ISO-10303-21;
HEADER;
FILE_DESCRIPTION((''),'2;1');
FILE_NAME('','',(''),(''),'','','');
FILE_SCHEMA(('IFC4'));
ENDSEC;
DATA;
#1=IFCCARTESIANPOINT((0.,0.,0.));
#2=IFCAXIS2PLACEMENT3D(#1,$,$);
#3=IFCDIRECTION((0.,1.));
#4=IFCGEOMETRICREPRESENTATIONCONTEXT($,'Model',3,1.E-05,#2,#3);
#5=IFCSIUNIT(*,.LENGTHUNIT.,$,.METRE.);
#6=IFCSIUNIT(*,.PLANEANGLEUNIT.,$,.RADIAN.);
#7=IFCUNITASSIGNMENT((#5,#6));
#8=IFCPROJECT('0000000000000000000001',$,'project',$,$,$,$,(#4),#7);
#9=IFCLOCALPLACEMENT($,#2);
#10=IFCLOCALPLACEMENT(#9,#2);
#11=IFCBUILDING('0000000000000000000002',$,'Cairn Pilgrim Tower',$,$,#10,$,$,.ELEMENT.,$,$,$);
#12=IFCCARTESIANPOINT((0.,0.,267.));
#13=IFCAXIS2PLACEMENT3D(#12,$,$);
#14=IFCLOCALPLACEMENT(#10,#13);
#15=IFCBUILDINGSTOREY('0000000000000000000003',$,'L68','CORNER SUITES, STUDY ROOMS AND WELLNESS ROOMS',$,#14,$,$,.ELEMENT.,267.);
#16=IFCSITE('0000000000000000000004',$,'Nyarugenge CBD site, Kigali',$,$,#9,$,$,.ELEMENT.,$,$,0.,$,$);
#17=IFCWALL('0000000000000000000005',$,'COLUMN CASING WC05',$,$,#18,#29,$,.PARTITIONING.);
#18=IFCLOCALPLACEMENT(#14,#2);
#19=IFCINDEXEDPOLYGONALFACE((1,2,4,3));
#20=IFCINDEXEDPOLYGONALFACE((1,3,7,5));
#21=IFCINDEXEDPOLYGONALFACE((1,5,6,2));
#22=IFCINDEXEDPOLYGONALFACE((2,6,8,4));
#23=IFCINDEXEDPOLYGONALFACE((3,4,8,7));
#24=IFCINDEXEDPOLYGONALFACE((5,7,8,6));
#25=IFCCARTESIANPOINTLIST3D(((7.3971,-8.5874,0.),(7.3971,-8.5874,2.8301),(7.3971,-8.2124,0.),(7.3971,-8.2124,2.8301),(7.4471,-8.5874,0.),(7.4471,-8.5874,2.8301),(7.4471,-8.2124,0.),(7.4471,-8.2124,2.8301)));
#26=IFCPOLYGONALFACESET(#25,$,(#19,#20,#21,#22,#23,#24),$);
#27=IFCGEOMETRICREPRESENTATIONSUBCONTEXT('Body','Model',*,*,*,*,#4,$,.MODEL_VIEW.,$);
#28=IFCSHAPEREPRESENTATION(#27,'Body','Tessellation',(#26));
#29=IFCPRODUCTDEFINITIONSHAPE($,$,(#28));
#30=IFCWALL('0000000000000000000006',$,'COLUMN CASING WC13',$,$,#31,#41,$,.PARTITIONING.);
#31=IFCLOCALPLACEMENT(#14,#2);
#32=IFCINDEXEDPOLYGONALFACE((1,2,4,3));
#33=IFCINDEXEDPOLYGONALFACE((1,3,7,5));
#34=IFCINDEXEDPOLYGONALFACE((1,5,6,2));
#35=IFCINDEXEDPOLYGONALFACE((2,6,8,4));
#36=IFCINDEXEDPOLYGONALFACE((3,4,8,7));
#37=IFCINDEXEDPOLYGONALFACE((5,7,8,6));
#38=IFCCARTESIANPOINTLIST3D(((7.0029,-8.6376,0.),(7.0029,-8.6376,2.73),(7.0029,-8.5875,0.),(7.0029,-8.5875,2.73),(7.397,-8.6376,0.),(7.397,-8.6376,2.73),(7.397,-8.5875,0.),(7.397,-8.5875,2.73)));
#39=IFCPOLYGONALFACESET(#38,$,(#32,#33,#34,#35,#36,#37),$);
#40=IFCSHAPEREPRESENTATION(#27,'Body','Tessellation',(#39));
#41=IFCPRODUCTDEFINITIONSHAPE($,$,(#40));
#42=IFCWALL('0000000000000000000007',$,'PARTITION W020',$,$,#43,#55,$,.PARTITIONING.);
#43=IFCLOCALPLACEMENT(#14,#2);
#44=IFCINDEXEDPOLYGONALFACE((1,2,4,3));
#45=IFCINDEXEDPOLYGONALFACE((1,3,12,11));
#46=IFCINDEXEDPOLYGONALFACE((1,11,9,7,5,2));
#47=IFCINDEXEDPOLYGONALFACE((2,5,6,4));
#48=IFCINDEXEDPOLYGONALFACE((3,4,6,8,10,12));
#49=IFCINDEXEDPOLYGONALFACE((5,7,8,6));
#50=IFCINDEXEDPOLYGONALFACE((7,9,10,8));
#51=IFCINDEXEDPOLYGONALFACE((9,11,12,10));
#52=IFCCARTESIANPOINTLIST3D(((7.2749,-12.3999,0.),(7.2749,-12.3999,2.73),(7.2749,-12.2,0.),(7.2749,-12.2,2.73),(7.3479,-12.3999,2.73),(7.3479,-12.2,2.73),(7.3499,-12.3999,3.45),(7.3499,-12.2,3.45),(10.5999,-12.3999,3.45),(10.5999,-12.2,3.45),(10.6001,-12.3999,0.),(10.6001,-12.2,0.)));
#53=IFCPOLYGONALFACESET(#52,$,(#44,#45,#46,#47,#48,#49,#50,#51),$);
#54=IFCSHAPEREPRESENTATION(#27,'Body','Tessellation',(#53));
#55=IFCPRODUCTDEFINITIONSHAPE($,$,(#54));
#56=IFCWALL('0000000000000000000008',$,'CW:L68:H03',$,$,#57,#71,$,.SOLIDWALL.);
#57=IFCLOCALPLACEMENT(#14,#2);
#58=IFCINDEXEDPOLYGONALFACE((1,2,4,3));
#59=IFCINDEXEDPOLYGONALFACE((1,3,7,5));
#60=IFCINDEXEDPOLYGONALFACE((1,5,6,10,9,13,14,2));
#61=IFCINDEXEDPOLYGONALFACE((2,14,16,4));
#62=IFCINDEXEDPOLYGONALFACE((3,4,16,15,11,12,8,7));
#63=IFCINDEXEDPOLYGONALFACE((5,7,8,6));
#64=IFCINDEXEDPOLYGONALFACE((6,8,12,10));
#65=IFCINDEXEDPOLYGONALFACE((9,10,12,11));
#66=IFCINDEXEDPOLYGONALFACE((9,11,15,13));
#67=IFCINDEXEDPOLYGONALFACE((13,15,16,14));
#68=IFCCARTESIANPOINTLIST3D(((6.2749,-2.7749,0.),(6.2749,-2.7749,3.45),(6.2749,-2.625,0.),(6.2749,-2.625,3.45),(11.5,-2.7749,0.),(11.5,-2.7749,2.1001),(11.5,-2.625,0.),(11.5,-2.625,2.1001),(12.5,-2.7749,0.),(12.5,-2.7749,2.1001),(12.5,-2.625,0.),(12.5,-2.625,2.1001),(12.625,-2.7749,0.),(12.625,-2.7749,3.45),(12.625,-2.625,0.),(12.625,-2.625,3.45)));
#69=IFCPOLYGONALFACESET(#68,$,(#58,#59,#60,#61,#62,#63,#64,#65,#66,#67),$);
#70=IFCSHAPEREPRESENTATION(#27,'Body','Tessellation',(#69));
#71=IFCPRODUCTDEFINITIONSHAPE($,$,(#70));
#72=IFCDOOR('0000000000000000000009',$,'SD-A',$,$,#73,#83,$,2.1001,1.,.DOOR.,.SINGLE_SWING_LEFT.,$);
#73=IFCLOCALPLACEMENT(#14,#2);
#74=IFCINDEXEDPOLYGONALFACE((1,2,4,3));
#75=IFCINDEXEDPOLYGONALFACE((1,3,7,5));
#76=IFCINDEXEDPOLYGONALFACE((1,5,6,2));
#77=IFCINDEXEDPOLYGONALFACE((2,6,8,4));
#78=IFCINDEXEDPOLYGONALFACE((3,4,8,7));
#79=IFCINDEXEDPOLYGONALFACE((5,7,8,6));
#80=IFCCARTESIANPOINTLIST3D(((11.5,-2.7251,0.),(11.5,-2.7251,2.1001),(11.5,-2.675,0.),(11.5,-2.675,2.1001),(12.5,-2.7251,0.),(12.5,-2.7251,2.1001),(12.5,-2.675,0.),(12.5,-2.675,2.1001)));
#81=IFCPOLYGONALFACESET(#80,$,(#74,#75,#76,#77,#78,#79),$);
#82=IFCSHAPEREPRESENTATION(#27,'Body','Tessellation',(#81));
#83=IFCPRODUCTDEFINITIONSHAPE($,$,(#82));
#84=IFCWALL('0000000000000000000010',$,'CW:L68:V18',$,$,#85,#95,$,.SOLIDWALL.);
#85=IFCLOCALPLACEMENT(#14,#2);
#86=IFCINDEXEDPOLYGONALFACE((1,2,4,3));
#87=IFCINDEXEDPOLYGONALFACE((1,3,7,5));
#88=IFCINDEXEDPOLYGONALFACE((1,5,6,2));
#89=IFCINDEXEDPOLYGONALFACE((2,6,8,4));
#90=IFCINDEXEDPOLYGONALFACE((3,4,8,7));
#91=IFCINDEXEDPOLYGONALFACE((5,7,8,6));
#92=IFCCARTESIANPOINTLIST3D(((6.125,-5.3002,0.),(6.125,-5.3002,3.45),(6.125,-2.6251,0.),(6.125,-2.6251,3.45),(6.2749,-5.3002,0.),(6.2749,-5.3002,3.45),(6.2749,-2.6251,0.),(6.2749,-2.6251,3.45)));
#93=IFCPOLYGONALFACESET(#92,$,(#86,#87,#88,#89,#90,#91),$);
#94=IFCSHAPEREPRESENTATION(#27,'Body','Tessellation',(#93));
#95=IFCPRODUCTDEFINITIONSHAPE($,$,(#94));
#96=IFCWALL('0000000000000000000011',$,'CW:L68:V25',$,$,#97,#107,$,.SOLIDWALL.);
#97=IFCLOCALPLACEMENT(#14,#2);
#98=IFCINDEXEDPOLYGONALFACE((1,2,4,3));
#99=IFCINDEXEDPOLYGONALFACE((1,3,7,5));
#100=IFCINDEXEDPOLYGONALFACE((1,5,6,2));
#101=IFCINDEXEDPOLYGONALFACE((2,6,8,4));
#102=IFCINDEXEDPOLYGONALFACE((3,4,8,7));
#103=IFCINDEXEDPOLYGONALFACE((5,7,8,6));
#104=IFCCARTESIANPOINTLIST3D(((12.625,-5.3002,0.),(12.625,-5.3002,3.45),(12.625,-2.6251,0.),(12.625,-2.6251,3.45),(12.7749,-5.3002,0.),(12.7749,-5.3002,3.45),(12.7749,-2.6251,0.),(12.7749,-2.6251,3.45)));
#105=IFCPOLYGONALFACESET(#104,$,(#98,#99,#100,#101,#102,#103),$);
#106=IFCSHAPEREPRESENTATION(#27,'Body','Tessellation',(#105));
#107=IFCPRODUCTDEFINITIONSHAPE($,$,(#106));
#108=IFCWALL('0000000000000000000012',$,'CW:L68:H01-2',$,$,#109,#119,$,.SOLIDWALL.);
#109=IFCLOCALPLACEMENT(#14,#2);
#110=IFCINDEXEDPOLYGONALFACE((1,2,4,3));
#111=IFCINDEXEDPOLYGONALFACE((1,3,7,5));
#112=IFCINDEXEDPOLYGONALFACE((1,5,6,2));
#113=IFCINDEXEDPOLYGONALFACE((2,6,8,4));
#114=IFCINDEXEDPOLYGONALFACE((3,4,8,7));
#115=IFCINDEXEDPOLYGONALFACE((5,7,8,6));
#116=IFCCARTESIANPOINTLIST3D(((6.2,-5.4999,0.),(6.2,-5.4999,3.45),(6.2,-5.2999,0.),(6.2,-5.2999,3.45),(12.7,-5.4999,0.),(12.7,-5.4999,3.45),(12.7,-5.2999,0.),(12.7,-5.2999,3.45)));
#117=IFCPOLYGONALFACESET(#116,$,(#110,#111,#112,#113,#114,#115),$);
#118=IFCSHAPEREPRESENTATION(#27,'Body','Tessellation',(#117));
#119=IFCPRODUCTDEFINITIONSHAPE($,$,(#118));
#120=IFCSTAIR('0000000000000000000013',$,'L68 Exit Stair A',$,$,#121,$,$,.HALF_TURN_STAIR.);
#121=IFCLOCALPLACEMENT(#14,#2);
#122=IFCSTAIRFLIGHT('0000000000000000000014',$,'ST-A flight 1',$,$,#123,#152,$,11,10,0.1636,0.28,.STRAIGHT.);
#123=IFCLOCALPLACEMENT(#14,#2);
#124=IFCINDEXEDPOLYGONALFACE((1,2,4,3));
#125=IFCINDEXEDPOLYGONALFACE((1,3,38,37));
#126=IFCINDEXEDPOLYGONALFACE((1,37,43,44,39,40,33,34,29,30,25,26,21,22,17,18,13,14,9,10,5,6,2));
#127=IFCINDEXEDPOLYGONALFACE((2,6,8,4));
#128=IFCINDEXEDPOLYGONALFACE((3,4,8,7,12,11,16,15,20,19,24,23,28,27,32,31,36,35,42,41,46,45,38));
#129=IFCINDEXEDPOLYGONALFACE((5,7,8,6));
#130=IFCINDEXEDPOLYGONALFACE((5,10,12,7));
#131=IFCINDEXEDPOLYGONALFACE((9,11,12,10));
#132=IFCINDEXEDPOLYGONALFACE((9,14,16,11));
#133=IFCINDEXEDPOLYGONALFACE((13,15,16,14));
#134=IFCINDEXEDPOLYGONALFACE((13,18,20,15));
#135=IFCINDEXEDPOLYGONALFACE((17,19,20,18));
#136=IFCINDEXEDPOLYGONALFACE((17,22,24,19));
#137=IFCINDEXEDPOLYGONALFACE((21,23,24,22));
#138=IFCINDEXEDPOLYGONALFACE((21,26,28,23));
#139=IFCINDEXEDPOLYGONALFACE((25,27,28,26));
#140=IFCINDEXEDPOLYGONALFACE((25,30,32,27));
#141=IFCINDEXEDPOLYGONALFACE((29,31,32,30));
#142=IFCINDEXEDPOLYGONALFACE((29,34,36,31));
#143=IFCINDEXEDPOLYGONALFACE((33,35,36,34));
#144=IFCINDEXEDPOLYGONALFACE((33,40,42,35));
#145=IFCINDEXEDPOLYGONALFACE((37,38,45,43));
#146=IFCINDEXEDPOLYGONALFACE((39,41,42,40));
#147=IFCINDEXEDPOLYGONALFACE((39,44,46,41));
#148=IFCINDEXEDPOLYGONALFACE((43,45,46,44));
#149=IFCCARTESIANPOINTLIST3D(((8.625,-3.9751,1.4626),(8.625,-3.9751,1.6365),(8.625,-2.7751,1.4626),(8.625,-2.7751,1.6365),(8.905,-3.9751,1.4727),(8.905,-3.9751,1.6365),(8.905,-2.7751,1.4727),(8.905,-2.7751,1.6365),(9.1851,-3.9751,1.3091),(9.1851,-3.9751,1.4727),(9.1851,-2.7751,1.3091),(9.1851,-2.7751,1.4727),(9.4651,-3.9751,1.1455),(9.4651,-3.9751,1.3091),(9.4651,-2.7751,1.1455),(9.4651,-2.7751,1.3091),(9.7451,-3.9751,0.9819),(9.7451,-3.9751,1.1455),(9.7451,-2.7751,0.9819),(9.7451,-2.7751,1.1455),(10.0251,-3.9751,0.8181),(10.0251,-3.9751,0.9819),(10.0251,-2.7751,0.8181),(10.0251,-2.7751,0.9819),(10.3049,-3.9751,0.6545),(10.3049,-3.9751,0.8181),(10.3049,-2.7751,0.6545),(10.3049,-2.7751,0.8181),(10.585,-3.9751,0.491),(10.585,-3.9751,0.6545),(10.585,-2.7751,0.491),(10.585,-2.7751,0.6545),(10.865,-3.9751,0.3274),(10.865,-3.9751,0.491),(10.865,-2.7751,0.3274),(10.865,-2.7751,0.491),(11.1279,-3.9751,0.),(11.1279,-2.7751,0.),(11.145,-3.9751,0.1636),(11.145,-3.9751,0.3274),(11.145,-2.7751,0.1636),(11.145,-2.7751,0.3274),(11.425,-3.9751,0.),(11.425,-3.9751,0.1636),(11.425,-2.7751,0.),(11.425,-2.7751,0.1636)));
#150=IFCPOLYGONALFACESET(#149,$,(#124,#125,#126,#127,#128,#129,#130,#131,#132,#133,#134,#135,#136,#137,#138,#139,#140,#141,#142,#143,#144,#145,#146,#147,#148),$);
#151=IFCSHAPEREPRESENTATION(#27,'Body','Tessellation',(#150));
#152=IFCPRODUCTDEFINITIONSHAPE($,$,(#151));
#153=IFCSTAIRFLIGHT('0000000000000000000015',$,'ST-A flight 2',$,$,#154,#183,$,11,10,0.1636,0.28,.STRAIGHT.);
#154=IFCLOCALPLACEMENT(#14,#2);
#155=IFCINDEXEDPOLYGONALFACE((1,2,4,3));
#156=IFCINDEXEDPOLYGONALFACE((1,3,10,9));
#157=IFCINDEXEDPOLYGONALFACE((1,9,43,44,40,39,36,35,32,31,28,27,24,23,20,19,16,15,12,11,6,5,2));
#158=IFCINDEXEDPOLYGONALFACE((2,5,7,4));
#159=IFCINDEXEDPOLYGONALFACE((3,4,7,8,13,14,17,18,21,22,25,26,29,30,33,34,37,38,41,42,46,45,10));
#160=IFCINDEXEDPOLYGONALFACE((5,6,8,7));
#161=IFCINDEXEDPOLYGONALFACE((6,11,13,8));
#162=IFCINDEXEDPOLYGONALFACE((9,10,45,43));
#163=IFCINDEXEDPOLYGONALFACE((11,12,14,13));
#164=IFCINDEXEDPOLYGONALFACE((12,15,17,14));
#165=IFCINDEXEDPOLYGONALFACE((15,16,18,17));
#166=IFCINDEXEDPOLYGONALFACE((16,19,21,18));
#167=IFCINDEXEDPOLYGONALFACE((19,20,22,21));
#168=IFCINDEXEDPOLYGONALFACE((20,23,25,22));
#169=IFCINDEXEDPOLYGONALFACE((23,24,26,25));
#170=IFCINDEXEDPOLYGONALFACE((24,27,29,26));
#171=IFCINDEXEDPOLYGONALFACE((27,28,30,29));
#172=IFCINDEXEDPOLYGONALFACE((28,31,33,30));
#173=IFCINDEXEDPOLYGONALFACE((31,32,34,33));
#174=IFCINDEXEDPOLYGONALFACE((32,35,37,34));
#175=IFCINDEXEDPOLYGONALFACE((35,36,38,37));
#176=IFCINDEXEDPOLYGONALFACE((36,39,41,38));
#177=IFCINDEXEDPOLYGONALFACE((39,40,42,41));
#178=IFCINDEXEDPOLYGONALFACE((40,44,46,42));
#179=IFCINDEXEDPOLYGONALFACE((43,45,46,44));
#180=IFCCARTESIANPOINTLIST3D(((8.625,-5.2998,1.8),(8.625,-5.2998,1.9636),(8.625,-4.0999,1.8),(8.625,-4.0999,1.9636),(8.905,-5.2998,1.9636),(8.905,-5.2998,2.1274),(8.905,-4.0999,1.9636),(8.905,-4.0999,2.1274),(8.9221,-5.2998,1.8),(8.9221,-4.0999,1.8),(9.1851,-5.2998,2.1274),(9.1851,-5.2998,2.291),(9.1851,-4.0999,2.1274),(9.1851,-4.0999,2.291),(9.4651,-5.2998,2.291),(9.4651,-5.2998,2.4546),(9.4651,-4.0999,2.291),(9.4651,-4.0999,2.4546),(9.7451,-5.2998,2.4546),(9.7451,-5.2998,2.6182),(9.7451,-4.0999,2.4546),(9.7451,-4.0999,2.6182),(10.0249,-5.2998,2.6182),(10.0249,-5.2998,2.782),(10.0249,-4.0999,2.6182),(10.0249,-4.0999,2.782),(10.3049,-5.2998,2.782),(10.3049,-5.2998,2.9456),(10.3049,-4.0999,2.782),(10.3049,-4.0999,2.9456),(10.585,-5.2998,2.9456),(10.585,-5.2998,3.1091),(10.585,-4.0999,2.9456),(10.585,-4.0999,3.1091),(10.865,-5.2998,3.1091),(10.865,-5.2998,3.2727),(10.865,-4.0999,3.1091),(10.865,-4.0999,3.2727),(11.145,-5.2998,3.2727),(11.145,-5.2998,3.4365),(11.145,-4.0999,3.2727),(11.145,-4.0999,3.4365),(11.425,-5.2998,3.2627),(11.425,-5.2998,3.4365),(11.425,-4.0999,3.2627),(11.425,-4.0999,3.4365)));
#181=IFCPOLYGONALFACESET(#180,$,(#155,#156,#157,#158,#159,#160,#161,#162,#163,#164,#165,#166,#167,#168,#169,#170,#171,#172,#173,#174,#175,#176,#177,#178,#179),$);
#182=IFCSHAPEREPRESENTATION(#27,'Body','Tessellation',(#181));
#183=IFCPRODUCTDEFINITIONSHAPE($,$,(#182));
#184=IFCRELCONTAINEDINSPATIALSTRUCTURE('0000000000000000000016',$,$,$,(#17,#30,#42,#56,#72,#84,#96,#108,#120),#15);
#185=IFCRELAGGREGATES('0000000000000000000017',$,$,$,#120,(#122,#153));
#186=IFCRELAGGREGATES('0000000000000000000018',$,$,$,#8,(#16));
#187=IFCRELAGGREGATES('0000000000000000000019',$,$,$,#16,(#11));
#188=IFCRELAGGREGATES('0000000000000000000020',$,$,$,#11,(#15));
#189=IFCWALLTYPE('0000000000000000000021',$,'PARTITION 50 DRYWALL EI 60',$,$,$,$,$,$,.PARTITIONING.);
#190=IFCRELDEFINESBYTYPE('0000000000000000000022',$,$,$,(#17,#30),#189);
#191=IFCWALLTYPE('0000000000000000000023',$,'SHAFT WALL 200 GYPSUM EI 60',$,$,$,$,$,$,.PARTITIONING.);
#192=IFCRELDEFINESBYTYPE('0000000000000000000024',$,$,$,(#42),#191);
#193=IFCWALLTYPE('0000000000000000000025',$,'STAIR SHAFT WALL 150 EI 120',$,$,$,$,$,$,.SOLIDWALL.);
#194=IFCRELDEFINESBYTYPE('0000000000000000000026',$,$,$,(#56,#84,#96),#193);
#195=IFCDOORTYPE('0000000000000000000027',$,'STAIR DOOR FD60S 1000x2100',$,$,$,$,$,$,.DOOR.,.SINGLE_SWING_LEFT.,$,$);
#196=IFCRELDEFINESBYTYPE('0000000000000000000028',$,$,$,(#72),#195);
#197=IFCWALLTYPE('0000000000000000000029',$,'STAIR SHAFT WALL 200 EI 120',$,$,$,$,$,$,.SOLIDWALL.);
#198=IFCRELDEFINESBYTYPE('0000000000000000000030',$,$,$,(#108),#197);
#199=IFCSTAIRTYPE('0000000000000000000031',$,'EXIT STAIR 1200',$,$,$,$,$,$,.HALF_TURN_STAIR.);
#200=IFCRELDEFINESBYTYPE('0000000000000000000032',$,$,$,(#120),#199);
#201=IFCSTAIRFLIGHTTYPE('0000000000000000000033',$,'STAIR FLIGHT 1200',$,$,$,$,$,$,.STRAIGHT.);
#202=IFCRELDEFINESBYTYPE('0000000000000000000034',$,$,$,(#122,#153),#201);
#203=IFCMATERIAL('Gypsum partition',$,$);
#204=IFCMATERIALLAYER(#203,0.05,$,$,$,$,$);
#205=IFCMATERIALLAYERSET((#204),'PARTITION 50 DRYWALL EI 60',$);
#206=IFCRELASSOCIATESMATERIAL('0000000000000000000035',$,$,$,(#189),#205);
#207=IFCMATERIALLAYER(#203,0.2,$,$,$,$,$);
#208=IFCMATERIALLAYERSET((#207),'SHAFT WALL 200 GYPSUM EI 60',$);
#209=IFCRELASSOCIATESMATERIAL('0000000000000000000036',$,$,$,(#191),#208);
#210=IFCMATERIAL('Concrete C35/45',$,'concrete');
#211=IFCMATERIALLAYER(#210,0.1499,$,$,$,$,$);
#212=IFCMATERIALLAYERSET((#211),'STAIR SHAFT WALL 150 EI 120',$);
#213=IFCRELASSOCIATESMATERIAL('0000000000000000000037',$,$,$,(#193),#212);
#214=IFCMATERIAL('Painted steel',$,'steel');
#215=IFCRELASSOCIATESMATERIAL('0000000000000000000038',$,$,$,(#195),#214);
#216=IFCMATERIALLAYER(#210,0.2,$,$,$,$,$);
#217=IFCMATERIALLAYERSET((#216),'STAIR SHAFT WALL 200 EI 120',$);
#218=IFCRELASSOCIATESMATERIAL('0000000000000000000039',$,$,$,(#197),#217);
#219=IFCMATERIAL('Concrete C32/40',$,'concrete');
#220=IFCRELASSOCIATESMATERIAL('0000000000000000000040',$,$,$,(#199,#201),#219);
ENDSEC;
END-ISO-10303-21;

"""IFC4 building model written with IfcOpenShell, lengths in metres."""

from ifc_helpers import new_model, si_unit, direction, frame, frame_2d, origin, place, context, subcontext, project, spatial, polyline, rectangle, outline, extrude, material, layer, layer_set, type_object, element, fill, aggregate, save


model = new_model("IFC4")

# Units and contexts
model_context = context("Model", 3, precision=1e-05, world=origin(), true_north=direction((0.0, 1.0)))
body_context = subcontext(model_context, "Body", "Model", "MODEL_VIEW")
ifc_project = project(units=[si_unit("LENGTHUNIT", "METRE"), si_unit("PLANEANGLEUNIT", "RADIAN")], contexts=[model_context])

# Site, building, storey
site_placement = place(None, origin())
site = spatial("IfcSite", under=ifc_project, at=site_placement, Name="Nyarugenge CBD site, Kigali", CompositionType="ELEMENT", RefElevation=0.0)
building_placement = place(site_placement, origin())
building = spatial("IfcBuilding", under=site, at=building_placement, Name="Cairn Pilgrim Tower", CompositionType="ELEMENT")
storey_placement = place(building_placement, frame((0.0, 0.0, 267.0)))
storey = spatial("IfcBuildingStorey", under=building, at=storey_placement, Name="L68", Description="CORNER SUITES, STUDY ROOMS AND WELLNESS ROOMS", CompositionType="ELEMENT", Elevation=267.0)

# Shared definitions
ifc_material_1 = material(Name="Concrete C32/40", Category="concrete")

# Shared definitions
ifc_material_2 = material(Name="Gypsum partition")

# Walls
ifc_layer_1 = layer(ifc_material_2, 0.05)
ifc_layer_set_1 = layer_set([ifc_layer_1], Name="PARTITION 50 DRYWALL EI 60")
wall_type_1 = type_object("IfcWallType", Name="PARTITION 50 DRYWALL EI 60", PredefinedType="PARTITIONING", material=ifc_layer_set_1)
wall_1_placement = place(storey_placement, frame((7.4221, -8.5874, 0.0), z_axis=(0.0, 0.0, 1.0), x_axis=(0.0, 1.0, 0.0)))
element("IfcWall", 1, at=wall_1_placement, inside=storey, type_object=wall_type_1, Name="COLUMN CASING WC05", PredefinedType="PARTITIONING", context=body_context, shape_type="SweptSolid", body=[
    extrude(rectangle(XDim=0.375, YDim=0.05, at=frame_2d((0.1875, 0.0))), origin(), (0.0, 0.0, 1.0), 2.8301),
])
wall_2_placement = place(storey_placement, frame((7.0029, -8.6125, 0.0), z_axis=(0.0, 0.0, 1.0), x_axis=(1.0, 0.0, 0.0)))
element("IfcWall", 2, at=wall_2_placement, inside=storey, type_object=wall_type_1, Name="COLUMN CASING WC13", PredefinedType="PARTITIONING", context=body_context, shape_type="SweptSolid", body=[
    extrude(rectangle(XDim=0.394, YDim=0.05, at=frame_2d((0.197, 0.0))), origin(), (0.0, 0.0, 1.0), 2.73),
])
ifc_layer_2 = layer(ifc_material_2, 0.2)
ifc_layer_set_2 = layer_set([ifc_layer_2], Name="SHAFT WALL 200 GYPSUM EI 60")
wall_type_2 = type_object("IfcWallType", Name="SHAFT WALL 200 GYPSUM EI 60", PredefinedType="PARTITIONING", material=ifc_layer_set_2)
wall_3_placement = place(storey_placement, frame((7.2749, -12.3, 0.0), z_axis=(0.0, 0.0, 1.0), x_axis=(1.0, 0.0, 0.0)))
element("IfcWall", 3, at=wall_3_placement, inside=storey, type_object=wall_type_2, Name="PARTITION W020", PredefinedType="PARTITIONING", context=body_context, shape_type="SweptSolid", body=[
    extrude(outline(polyline([(0.0, 0.0), (3.3252, 0.0), (3.325, 3.45), (0.075, 3.45), (0.073, 2.73), (0.0, 2.73), (0.0, 0.0)])), frame((0.0, 0.1001, 0.0), z_axis=(0.0, -1.0, 0.0), x_axis=(1.0, 0.0, 0.0)), (0.0, 0.0, 1.0), 0.2),
])

# Wall, opening, door
ifc_material_3 = material(Name="Concrete C35/45", Category="concrete")
ifc_layer_3 = layer(ifc_material_3, 0.1499)
ifc_layer_set_3 = layer_set([ifc_layer_3], Name="STAIR SHAFT WALL 150 EI 120")
wall_type_3 = type_object("IfcWallType", Name="STAIR SHAFT WALL 150 EI 120", PredefinedType="SOLIDWALL", material=ifc_layer_set_3)
wall_4_placement = place(storey_placement, frame((6.2749, -2.7, 0.0), z_axis=(0.0, 0.0, 1.0), x_axis=(1.0, 0.0, 0.0)))
wall_4 = element("IfcWall", 4, at=wall_4_placement, inside=storey, type_object=wall_type_3, Name="CW:L68:H03", PredefinedType="SOLIDWALL", context=body_context, shape_type="SweptSolid", body=[
    extrude(rectangle(XDim=6.3501, YDim=0.1499, at=frame_2d((3.175, 0.0))), origin(), (0.0, 0.0, 1.0), 3.45),
])
opening_1_placement = place(wall_4_placement, frame((5.2251, 0.0, 0.0)))
opening_1 = element("IfcOpeningElement", 5, at=opening_1_placement, cuts=wall_4, PredefinedType="OPENING", context=body_context, shape_type="SweptSolid", body=[
    extrude(rectangle(XDim=1.0, YDim=2.1001, at=frame_2d((0.5, 1.05))), frame((0.0, 0.085, 0.0), z_axis=(0.0, -1.0, 0.0), x_axis=(1.0, 0.0, 0.0)), (0.0, 0.0, 1.0), 0.1699),
])
ifc_material_4 = material(Name="Painted steel", Category="steel")
door_type_1 = type_object("IfcDoorType", Name="STAIR DOOR FD60S 1000x2100", OperationType="SINGLE_SWING_LEFT", PredefinedType="DOOR", material=ifc_material_4)
door_1_placement = place(opening_1_placement, origin())
door_1 = element("IfcDoor", 6, at=door_1_placement, inside=storey, type_object=door_type_1, Name="SD-A", OperationType="SINGLE_SWING_LEFT", OverallHeight=2.1001, OverallWidth=1.0, PredefinedType="DOOR", context=body_context, shape_type="SweptSolid", body=[
    extrude(rectangle(XDim=1.0, YDim=2.1001, at=frame_2d((0.5, 1.05))), frame((0.0, 0.0249, 0.0), z_axis=(0.0, -1.0, 0.0), x_axis=(1.0, 0.0, 0.0)), (0.0, 0.0, 1.0), 0.05),
])
fill(opening_1, door_1)

# Walls
for number, where, z_axis, x_axis, name in (
    (7, (6.2, -5.3, 0.0), (0.0, 0.0, 1.0), (0.0, 1.0, 0.0), "CW:L68:V18"),
    (8, (12.7, -5.3, 0.0), (0.0, 0.0, 1.0), (0.0, 1.0, 0.0), "CW:L68:V25"),
):
    element("IfcWall", number, at=place(storey_placement, frame(where, z_axis=z_axis, x_axis=x_axis)), inside=storey, type_object=wall_type_3, Name=name, PredefinedType="SOLIDWALL", context=body_context, shape_type="SweptSolid", body=[
        extrude(rectangle(XDim=2.675, YDim=0.1499, at=frame_2d((1.3374, 0.0))), origin(), (0.0, 0.0, 1.0), 3.45),
    ])
ifc_layer_4 = layer(ifc_material_3, 0.2)
ifc_layer_set_4 = layer_set([ifc_layer_4], Name="STAIR SHAFT WALL 200 EI 120")
wall_type_4 = type_object("IfcWallType", Name="STAIR SHAFT WALL 200 EI 120", PredefinedType="SOLIDWALL", material=ifc_layer_set_4)
wall_5_placement = place(storey_placement, frame((6.2, -5.3999, 0.0), z_axis=(0.0, 0.0, 1.0), x_axis=(1.0, 0.0, 0.0)))
element("IfcWall", 9, at=wall_5_placement, inside=storey, type_object=wall_type_4, Name="CW:L68:H01-2", PredefinedType="SOLIDWALL", context=body_context, shape_type="SweptSolid", body=[
    extrude(rectangle(XDim=6.5, YDim=0.2, at=frame_2d((3.25, 0.0))), origin(), (0.0, 0.0, 1.0), 3.45),
])

# Stair, stair flights
stair_type = type_object("IfcStairType", Name="EXIT STAIR 1200", PredefinedType="HALF_TURN_STAIR", material=ifc_material_1)
stair_placement = place(storey_placement, origin())
stair = element("IfcStair", 10, at=stair_placement, inside=storey, type_object=stair_type, Name="L68 Exit Stair A", PredefinedType="HALF_TURN_STAIR")
stair_flight_type = type_object("IfcStairFlightType", Name="STAIR FLIGHT 1200", PredefinedType="STRAIGHT", material=ifc_material_1)
stair_flight_1_placement = place(storey_placement, frame((11.425, -3.375, 0.0), z_axis=(0.0, 0.0, 1.0), x_axis=(-1.0, 0.0, 0.0)))
stair_flight_1 = element("IfcStairFlight", 11, at=stair_flight_1_placement, type_object=stair_flight_type, Name="ST-A flight 1", NumberOfRisers=11, NumberOfTreads=10, PredefinedType="STRAIGHT", RiserHeight=0.1636, TreadLength=0.28, context=body_context, shape_type="SweptSolid", body=[
    extrude(outline(polyline([(0.0, 0.0), (0.0, 0.1636), (0.28, 0.1636), (0.28, 0.3274), (0.5601, 0.3274), (0.5601, 0.491), (0.8401, 0.491), (0.8401, 0.6545), (1.1201, 0.6545), (1.1201, 0.8181), (1.3999, 0.8181), (1.3999, 0.9819), (1.6799, 0.9819), (1.6799, 1.1455), (1.96, 1.1455), (1.96, 1.3091), (2.24, 1.3091), (2.24, 1.4727), (2.52, 1.4727), (2.52, 1.6365), (2.8, 1.6365), (2.8, 1.8), (2.8, 1.4626), (0.2971, 0.0), (0.0, 0.0)])), frame((0.0, 0.6001, 0.0), z_axis=(0.0, -1.0, 0.0), x_axis=(1.0, 0.0, 0.0)), (0.0, 0.0, 1.0), 1.2),
])
stair_flight_2_placement = place(storey_placement, frame((8.625, -4.7, 1.8), z_axis=(0.0, 0.0, 1.0), x_axis=(1.0, 0.0, 0.0)))
stair_flight_2 = element("IfcStairFlight", 12, at=stair_flight_2_placement, type_object=stair_flight_type, Name="ST-A flight 2", NumberOfRisers=11, NumberOfTreads=10, PredefinedType="STRAIGHT", RiserHeight=0.1636, TreadLength=0.28, context=body_context, shape_type="SweptSolid", body=[
    extrude(outline(polyline([(0.0, 0.0), (0.0, 0.1636), (0.28, 0.1636), (0.28, 0.3274), (0.5601, 0.3274), (0.5601, 0.491), (0.8401, 0.491), (0.8401, 0.6545), (1.1201, 0.6545), (1.1201, 0.8181), (1.3999, 0.8181), (1.3999, 0.9819), (1.6799, 0.9819), (1.6799, 1.1455), (1.96, 1.1455), (1.96, 1.3091), (2.24, 1.3091), (2.24, 1.4727), (2.52, 1.4727), (2.52, 1.6365), (2.8, 1.6365), (2.8, 1.8), (2.8, 1.4626), (0.2971, 0.0), (0.0, 0.0)])), frame((0.0, 0.6001, 0.0), z_axis=(0.0, -1.0, 0.0), x_axis=(1.0, 0.0, 0.0)), (0.0, 0.0, 1.0), 1.2),
])
aggregate(stair, [stair_flight_1, stair_flight_2])

save(model, "model.ifc")
